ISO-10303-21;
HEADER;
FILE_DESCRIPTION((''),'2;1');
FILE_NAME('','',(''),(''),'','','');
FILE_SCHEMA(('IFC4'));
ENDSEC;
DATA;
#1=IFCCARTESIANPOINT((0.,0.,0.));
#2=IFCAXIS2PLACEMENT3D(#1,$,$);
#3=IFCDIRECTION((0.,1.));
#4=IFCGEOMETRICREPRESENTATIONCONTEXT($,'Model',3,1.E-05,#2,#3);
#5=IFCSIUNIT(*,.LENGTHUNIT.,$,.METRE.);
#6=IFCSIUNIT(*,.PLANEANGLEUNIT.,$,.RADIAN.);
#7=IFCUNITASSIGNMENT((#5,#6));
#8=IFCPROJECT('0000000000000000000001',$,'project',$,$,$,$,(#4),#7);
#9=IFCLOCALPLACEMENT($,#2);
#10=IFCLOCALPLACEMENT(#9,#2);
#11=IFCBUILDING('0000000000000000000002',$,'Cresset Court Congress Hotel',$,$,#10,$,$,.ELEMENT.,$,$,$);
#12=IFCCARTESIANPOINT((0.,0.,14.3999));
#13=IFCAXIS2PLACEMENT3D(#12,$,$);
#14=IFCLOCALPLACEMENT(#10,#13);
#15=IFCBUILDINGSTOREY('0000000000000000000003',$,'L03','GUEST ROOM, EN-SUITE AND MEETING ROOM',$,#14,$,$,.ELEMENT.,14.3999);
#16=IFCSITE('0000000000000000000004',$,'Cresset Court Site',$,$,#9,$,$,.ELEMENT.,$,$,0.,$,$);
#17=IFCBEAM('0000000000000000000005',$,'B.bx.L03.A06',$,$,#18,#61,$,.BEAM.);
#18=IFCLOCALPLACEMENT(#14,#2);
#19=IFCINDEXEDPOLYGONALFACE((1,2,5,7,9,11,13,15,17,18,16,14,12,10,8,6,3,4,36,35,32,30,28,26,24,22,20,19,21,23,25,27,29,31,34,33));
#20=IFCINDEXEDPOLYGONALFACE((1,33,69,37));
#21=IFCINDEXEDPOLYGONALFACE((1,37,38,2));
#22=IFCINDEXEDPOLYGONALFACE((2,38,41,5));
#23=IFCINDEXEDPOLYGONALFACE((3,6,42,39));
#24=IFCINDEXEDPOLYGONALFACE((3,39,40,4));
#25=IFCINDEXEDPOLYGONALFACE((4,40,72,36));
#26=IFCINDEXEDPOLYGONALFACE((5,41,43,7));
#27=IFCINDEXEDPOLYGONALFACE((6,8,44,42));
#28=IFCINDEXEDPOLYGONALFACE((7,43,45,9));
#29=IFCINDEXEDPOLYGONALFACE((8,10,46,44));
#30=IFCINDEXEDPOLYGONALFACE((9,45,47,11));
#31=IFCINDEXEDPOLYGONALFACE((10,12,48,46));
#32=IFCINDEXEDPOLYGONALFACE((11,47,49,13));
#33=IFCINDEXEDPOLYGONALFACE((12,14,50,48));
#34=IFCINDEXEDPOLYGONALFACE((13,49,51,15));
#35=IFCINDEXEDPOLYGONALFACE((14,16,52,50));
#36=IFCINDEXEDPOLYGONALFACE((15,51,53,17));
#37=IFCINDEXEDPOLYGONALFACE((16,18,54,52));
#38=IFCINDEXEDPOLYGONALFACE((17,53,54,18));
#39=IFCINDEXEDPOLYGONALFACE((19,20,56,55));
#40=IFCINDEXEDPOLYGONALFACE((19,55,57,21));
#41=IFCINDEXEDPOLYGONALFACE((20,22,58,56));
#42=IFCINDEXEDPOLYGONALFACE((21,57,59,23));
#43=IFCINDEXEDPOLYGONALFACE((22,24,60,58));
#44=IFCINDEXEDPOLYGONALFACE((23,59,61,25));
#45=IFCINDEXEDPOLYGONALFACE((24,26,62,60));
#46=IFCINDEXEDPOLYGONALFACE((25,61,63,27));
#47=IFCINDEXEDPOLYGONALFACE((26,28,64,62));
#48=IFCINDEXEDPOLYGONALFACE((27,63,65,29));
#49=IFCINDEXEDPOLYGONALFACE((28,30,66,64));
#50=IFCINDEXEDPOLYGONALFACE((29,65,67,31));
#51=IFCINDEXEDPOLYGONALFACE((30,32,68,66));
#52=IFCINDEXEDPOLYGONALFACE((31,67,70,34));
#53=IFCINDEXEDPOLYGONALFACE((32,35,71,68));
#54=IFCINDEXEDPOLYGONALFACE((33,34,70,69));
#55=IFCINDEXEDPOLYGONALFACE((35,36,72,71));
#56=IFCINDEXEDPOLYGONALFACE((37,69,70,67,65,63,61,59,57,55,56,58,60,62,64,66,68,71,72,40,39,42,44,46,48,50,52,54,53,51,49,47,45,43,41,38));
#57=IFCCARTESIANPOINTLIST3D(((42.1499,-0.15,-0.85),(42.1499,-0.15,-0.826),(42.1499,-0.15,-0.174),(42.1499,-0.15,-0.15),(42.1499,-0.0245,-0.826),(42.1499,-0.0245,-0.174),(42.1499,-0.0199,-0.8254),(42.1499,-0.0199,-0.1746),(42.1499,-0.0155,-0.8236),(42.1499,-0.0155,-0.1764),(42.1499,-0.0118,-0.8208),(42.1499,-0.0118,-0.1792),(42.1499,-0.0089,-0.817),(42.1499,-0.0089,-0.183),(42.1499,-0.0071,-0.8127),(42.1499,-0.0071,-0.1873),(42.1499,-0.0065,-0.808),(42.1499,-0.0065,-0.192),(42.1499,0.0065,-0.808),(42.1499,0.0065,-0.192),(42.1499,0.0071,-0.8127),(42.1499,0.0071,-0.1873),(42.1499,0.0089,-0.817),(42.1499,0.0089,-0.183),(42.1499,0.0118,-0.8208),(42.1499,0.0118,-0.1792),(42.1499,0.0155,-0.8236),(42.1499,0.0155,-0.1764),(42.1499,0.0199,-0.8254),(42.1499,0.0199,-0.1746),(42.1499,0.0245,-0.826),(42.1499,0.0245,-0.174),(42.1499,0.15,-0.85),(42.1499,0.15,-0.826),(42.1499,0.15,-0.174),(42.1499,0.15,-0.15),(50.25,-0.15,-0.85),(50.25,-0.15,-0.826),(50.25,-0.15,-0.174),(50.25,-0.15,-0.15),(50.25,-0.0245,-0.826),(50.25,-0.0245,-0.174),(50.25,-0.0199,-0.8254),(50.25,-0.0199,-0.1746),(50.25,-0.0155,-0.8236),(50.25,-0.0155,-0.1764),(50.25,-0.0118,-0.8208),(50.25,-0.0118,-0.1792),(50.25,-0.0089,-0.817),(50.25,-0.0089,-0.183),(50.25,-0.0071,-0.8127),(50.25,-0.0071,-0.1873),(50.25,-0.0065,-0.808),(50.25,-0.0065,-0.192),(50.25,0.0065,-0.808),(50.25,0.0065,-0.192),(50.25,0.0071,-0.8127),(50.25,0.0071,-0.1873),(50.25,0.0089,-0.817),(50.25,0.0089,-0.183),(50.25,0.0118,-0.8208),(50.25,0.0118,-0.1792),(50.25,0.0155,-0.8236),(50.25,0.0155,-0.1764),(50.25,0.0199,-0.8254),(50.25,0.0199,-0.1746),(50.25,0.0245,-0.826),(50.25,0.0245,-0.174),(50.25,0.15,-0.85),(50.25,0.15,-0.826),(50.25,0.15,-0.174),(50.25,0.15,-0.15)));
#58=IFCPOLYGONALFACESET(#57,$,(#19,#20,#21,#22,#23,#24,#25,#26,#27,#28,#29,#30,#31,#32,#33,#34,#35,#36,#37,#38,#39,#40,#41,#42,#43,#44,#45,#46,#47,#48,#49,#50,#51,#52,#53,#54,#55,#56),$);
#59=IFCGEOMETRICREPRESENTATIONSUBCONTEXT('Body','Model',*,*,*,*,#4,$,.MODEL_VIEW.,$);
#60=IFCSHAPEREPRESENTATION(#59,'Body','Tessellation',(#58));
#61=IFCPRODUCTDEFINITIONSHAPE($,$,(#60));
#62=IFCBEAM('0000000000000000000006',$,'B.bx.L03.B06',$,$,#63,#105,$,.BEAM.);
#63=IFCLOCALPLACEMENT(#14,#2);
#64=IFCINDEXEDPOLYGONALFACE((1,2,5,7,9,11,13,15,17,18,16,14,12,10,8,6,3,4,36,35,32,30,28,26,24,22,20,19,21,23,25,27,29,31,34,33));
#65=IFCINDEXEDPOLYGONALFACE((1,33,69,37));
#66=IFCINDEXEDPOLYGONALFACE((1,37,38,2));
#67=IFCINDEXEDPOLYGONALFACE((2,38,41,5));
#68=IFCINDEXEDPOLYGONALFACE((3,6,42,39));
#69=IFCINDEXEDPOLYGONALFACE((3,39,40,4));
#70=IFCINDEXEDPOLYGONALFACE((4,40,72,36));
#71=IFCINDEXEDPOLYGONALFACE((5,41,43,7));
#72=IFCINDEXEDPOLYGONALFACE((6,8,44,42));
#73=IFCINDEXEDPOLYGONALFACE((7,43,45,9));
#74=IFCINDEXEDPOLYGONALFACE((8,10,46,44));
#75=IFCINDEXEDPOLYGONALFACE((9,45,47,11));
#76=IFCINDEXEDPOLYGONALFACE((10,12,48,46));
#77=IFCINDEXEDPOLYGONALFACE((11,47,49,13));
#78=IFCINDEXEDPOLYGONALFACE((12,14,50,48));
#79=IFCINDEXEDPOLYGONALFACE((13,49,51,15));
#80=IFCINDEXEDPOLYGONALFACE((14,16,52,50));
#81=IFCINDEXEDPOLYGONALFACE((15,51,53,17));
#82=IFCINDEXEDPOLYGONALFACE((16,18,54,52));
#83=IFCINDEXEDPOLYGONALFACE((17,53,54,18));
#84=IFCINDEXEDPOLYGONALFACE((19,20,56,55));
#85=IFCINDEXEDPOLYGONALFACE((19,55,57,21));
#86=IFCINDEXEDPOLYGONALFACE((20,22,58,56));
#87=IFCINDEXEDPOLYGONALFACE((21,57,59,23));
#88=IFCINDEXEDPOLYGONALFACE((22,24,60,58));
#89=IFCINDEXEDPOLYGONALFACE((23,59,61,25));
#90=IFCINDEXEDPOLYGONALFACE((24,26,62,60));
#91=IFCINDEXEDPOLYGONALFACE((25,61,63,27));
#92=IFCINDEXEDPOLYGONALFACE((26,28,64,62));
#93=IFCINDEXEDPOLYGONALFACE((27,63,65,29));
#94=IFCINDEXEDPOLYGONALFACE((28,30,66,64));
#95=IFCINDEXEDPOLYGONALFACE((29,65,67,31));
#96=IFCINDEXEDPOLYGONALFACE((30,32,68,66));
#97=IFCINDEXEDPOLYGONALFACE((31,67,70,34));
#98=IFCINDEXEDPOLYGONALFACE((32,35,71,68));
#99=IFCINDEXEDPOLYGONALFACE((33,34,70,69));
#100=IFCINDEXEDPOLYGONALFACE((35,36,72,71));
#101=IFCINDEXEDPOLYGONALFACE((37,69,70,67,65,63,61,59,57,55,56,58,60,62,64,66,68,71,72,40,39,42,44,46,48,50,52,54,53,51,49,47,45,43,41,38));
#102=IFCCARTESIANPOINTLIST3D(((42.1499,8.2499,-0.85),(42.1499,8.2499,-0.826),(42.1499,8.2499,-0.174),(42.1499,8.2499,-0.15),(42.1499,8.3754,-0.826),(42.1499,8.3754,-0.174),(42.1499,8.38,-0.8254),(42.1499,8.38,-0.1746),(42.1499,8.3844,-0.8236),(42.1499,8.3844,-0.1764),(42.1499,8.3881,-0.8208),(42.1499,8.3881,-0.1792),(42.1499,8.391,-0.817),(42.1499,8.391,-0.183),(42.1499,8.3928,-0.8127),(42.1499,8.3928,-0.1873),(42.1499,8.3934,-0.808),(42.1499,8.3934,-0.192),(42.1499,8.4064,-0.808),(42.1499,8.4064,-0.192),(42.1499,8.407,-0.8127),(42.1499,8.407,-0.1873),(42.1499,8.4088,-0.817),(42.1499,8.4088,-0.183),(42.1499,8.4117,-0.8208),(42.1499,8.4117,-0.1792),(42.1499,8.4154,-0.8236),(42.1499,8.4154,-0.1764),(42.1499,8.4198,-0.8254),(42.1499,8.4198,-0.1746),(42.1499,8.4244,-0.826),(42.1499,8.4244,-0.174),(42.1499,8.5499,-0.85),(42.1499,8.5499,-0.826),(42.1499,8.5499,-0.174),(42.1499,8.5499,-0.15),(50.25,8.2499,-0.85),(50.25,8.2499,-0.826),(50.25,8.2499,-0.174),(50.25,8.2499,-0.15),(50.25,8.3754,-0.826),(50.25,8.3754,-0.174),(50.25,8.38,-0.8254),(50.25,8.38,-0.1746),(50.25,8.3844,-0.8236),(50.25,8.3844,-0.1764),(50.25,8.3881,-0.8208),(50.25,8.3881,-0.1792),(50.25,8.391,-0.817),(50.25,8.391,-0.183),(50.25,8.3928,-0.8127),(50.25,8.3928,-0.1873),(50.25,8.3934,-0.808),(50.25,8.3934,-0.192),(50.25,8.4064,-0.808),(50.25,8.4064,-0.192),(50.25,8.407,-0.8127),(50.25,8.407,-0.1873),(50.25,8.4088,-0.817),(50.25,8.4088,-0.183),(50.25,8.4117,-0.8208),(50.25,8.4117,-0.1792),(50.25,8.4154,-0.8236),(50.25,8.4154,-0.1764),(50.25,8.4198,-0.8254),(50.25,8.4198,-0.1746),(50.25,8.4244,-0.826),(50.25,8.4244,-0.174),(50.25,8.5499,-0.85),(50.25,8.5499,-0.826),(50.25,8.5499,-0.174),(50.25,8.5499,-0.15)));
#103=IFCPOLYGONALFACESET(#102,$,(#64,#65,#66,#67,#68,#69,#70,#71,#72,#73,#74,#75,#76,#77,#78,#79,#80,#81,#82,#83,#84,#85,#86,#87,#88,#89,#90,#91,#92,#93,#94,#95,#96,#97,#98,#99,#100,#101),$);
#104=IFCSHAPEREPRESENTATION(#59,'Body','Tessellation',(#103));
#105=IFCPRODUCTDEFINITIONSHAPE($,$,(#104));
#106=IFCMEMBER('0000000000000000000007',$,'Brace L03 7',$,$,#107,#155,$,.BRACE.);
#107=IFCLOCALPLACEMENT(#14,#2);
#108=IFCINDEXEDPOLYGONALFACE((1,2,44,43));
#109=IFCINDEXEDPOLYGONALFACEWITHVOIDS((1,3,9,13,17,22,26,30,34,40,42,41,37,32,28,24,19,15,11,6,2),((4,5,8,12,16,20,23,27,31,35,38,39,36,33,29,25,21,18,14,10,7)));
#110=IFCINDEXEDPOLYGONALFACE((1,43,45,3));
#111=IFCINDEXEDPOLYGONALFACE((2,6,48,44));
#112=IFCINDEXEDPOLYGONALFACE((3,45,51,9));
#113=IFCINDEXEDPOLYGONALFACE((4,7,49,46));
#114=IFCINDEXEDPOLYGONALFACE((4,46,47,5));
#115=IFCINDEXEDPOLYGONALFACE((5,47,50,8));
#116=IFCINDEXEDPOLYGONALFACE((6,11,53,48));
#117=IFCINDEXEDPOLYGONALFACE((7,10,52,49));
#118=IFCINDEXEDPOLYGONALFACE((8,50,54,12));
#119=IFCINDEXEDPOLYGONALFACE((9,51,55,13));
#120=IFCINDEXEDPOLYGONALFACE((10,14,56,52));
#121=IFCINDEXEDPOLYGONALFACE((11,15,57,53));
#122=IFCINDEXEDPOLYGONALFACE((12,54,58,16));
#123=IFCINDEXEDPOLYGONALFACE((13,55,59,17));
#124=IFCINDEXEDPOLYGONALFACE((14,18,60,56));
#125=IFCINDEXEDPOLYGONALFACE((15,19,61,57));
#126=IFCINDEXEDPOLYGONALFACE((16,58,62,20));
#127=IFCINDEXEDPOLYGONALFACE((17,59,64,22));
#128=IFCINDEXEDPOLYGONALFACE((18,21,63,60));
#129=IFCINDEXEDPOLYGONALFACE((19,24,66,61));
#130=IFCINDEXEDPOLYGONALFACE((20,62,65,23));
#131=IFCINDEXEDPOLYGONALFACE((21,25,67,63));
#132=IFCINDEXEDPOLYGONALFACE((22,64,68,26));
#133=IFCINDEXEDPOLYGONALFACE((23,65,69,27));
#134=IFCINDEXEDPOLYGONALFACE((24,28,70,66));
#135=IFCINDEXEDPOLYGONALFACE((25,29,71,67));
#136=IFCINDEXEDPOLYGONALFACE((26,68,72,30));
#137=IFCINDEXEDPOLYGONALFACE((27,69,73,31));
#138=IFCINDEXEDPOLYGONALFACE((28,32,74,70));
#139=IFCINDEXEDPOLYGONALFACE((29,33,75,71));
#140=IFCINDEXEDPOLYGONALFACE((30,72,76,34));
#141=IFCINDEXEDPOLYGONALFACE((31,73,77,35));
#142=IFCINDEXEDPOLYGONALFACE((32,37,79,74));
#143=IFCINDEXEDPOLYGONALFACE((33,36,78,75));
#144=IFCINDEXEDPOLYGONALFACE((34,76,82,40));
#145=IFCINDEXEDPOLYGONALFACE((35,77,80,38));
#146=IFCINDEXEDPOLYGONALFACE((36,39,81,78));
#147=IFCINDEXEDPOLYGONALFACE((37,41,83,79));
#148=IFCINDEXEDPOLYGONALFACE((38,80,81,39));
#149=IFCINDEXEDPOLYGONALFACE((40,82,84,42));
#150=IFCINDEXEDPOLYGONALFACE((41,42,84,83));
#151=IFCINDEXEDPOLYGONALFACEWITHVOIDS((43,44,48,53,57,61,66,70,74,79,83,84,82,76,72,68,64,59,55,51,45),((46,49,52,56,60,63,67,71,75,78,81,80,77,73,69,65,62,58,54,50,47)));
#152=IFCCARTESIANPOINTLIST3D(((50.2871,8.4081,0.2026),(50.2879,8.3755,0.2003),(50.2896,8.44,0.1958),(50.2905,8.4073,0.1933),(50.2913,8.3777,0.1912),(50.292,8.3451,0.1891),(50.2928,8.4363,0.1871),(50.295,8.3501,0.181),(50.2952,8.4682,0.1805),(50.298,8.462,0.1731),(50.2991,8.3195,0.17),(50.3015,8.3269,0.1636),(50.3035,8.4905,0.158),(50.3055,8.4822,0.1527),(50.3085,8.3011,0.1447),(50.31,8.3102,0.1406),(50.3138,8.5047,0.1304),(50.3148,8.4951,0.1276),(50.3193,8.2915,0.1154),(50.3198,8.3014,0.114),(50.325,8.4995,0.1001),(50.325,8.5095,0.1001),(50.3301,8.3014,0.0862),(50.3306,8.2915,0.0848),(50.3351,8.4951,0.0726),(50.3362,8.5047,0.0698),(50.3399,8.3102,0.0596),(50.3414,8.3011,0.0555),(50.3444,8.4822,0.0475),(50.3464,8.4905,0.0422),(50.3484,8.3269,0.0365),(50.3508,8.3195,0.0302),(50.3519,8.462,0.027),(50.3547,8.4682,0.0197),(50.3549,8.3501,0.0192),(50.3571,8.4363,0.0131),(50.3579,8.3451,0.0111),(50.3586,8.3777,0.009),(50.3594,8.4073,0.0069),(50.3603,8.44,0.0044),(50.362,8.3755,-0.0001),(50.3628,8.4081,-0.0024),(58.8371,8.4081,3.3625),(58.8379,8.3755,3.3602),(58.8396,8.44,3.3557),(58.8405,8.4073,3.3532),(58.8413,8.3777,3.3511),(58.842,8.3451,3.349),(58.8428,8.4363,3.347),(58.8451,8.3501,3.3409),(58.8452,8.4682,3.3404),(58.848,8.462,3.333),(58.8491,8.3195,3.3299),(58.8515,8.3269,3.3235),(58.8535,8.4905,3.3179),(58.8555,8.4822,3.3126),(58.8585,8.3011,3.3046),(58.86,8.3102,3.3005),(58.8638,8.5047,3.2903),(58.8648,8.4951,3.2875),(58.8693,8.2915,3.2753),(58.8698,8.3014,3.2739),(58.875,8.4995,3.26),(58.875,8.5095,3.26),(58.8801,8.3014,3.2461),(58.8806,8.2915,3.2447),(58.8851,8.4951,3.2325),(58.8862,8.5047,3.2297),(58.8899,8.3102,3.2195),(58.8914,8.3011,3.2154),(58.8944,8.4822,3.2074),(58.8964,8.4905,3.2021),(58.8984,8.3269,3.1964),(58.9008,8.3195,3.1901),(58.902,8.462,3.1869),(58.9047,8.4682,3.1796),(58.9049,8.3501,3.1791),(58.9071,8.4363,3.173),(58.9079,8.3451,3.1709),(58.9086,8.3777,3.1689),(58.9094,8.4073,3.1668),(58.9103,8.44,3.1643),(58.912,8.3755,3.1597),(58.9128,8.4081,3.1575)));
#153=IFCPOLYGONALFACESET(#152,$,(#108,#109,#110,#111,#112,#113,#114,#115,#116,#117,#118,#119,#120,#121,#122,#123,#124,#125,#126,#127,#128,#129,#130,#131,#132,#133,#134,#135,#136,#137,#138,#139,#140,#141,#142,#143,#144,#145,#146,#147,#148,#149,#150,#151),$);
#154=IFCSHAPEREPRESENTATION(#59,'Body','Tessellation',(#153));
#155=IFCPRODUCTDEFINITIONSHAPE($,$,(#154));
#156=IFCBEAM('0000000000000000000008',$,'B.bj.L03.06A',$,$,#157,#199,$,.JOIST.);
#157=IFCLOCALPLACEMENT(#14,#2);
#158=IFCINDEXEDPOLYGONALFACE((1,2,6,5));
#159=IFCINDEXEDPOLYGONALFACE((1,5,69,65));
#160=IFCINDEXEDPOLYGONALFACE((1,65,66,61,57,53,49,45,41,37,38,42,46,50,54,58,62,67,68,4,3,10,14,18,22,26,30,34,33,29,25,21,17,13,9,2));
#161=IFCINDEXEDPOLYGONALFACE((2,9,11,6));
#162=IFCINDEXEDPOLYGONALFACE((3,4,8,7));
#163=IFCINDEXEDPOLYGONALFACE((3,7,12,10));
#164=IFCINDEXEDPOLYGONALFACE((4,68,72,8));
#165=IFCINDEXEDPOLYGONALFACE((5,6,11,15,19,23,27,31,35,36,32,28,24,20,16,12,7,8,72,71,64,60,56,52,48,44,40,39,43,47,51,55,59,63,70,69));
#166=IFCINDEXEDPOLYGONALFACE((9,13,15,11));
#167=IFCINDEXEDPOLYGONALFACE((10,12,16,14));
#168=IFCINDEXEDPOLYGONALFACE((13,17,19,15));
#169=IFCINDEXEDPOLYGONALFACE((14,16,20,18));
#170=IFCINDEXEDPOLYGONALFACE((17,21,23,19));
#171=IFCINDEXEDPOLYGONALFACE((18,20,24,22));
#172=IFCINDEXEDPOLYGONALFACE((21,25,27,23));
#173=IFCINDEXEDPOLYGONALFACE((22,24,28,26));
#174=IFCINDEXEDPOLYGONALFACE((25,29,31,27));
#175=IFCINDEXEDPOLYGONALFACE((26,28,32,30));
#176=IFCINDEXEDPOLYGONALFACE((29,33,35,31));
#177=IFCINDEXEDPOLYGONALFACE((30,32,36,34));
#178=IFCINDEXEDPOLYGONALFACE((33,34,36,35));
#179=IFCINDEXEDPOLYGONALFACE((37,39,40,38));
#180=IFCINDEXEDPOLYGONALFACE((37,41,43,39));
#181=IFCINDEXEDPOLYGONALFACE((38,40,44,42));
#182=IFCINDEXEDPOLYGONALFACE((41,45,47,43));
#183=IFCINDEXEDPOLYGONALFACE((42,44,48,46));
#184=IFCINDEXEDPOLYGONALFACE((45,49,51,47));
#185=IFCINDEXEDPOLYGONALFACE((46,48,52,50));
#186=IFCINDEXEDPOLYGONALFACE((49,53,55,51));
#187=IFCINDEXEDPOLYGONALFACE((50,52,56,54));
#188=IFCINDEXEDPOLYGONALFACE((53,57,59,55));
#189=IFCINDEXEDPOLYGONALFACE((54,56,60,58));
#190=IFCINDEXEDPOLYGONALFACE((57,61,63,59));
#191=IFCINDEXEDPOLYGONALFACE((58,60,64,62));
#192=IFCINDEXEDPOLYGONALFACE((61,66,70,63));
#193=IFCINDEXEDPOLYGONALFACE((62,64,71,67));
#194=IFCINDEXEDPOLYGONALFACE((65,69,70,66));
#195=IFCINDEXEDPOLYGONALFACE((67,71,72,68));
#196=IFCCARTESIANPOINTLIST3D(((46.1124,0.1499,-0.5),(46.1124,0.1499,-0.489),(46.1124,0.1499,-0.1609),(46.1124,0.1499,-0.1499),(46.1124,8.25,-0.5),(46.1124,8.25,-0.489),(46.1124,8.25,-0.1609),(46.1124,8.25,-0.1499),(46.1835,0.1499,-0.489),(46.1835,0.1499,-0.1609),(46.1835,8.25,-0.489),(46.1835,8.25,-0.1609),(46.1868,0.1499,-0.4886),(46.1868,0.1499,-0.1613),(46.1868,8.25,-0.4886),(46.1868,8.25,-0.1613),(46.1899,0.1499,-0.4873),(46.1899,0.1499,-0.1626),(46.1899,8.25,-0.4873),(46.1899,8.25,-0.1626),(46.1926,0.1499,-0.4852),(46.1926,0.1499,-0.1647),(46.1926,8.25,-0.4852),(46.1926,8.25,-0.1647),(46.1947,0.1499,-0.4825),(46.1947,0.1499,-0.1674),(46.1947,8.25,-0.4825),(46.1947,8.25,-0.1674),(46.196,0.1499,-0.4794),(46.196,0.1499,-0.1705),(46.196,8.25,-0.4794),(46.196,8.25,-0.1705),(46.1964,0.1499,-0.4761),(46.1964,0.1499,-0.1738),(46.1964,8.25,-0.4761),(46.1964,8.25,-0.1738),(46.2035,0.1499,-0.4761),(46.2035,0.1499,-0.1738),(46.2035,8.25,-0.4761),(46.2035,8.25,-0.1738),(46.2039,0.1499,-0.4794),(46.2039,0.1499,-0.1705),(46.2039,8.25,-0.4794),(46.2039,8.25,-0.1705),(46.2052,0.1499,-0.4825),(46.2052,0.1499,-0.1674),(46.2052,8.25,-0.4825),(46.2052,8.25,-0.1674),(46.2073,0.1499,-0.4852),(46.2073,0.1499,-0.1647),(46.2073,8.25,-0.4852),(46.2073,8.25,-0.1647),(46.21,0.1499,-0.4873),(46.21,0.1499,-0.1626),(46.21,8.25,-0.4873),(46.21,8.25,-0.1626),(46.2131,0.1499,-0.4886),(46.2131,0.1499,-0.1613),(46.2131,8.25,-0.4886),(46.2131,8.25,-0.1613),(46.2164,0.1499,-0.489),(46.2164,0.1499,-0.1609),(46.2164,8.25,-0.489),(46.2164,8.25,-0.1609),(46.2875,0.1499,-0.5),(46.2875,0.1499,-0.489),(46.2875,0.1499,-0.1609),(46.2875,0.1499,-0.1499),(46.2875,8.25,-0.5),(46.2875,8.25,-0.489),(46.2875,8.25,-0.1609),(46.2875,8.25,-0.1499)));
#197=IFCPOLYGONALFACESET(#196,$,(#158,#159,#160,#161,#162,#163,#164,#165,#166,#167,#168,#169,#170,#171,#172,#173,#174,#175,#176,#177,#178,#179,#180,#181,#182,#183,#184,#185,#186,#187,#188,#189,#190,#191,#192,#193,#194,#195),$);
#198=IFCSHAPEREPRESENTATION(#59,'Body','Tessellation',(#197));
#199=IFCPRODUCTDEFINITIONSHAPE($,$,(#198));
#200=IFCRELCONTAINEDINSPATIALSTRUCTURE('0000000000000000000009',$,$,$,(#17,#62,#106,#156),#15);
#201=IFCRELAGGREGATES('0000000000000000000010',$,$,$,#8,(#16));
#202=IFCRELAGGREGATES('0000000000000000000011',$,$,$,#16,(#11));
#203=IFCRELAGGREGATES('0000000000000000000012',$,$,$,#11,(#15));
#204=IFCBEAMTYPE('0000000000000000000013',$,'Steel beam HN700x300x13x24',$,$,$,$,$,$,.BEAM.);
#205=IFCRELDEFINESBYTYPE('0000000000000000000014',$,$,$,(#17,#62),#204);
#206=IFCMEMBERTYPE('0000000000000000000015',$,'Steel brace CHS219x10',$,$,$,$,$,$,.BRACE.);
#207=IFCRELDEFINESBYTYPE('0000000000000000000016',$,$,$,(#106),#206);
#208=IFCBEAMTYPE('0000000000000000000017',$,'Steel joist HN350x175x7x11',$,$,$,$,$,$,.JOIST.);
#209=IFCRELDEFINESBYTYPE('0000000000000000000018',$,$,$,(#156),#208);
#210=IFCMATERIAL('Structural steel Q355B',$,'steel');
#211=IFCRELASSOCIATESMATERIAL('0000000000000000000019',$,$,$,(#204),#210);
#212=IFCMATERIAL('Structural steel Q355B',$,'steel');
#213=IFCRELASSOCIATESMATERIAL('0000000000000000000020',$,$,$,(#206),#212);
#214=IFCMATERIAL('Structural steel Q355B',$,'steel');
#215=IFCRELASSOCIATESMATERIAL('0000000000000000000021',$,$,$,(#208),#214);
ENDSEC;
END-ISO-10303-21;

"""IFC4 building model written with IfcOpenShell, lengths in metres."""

from ifc_helpers import new_model, si_unit, direction, frame, origin, origin_2d, place, context, subcontext, project, spatial, hollow_circle, i_section, extrude, material, material_profile, profile_set, type_object, element, save


model = new_model("IFC4")

# Units and contexts
model_context = context("Model", 3, precision=1e-05, world=origin(), true_north=direction((0.0, 1.0)))
body_context = subcontext(model_context, "Body", "Model", "MODEL_VIEW")
ifc_project = project(units=[si_unit("LENGTHUNIT", "METRE"), si_unit("PLANEANGLEUNIT", "RADIAN")], contexts=[model_context])

# Site, building, storey
site_placement = place(None, origin())
site = spatial("IfcSite", under=ifc_project, at=site_placement, Name="Cresset Court Site", CompositionType="ELEMENT", RefElevation=0.0)
building_placement = place(site_placement, origin())
building = spatial("IfcBuilding", under=site, at=building_placement, Name="Cresset Court Congress Hotel", CompositionType="ELEMENT")
storey_placement = place(building_placement, frame((0.0, 0.0, 14.3999)))
storey = spatial("IfcBuildingStorey", under=building, at=storey_placement, Name="L03", Description="GUEST ROOM, EN-SUITE AND MEETING ROOM", CompositionType="ELEMENT", Elevation=14.3999)

# Beams
ifc_material_1 = material(Name="Structural steel Q355B", Category="steel")
ifc_material_profile_1 = material_profile(ifc_material_1, i_section(OverallWidth=0.3, OverallDepth=0.7, WebThickness=0.0129, FlangeThickness=0.0239, FilletRadius=0.0181, at=origin_2d()), Name="HN700x300x13x24")
ifc_profile_set_1 = profile_set([ifc_material_profile_1], Name="Structural steel Q355B")
beam_type_1 = type_object("IfcBeamType", Name="Steel beam HN700x300x13x24", PredefinedType="BEAM", material=ifc_profile_set_1)
for number, where, z_axis, x_axis, name in (
    (1, (42.1499, 0.0, -0.5), (1.0, 0.0, 0.0), (0.0, 1.0, 0.0), "B.bx.L03.A06"),
    (2, (42.1499, 8.3999, -0.5), (1.0, 0.0, 0.0), (0.0, 1.0, 0.0), "B.bx.L03.B06"),
):
    element("IfcBeam", number, at=place(storey_placement, frame(where, z_axis=z_axis, x_axis=x_axis)), inside=storey, type_object=beam_type_1, Name=name, PredefinedType="BEAM", context=body_context, shape_type="SweptSolid", body=[
        extrude(i_section(OverallWidth=0.3, OverallDepth=0.7, WebThickness=0.0129, FlangeThickness=0.0239, FilletRadius=0.0181, at=origin_2d()), origin(), (0.0, 0.0, 1.0), 8.1001),
    ])

# Member
ifc_material_2 = material(Name="Structural steel Q355B", Category="steel")
ifc_material_profile_2 = material_profile(ifc_material_2, hollow_circle(Radius=0.1096, WallThickness=0.01, at=origin_2d()), Name="CHS219x10")
ifc_profile_set_2 = profile_set([ifc_material_profile_2], Name="Structural steel Q355B")
member_type = type_object("IfcMemberType", Name="Steel brace CHS219x10", PredefinedType="BRACE", material=ifc_profile_set_2)
member_placement = place(storey_placement, frame((50.325, 8.3999, 0.1001), z_axis=(0.937991, 0.0, 0.346661), x_axis=(0.0, 1.0, 0.0)))
element("IfcMember", 3, at=member_placement, inside=storey, type_object=member_type, Name="Brace L03 7", PredefinedType="BRACE", context=body_context, shape_type="SweptSolid", body=[
    extrude(hollow_circle(Radius=0.1096, WallThickness=0.01, at=origin_2d()), origin(), (0.0, 0.0, 1.0), 9.1152),
])

# Beam
ifc_material_3 = material(Name="Structural steel Q355B", Category="steel")
ifc_material_profile_3 = material_profile(ifc_material_3, i_section(OverallWidth=0.175, OverallDepth=0.3501, WebThickness=0.0071, FlangeThickness=0.011, FilletRadius=0.0129, at=origin_2d()), Name="HN350x175x7x11")
ifc_profile_set_3 = profile_set([ifc_material_profile_3], Name="Structural steel Q355B")
beam_type_2 = type_object("IfcBeamType", Name="Steel joist HN350x175x7x11", PredefinedType="JOIST", material=ifc_profile_set_3)
beam_1_placement = place(storey_placement, frame((46.2, 0.1499, -0.325), z_axis=(0.0, 1.0, 0.0), x_axis=(-1.0, 0.0, 0.0)))
element("IfcBeam", 4, at=beam_1_placement, inside=storey, type_object=beam_type_2, Name="B.bj.L03.06A", PredefinedType="JOIST", context=body_context, shape_type="SweptSolid", body=[
    extrude(i_section(OverallWidth=0.175, OverallDepth=0.3501, WebThickness=0.0071, FlangeThickness=0.011, FilletRadius=0.0129, at=origin_2d()), origin(), (0.0, 0.0, 1.0), 8.1001),
])

save(model, "model.ifc")
